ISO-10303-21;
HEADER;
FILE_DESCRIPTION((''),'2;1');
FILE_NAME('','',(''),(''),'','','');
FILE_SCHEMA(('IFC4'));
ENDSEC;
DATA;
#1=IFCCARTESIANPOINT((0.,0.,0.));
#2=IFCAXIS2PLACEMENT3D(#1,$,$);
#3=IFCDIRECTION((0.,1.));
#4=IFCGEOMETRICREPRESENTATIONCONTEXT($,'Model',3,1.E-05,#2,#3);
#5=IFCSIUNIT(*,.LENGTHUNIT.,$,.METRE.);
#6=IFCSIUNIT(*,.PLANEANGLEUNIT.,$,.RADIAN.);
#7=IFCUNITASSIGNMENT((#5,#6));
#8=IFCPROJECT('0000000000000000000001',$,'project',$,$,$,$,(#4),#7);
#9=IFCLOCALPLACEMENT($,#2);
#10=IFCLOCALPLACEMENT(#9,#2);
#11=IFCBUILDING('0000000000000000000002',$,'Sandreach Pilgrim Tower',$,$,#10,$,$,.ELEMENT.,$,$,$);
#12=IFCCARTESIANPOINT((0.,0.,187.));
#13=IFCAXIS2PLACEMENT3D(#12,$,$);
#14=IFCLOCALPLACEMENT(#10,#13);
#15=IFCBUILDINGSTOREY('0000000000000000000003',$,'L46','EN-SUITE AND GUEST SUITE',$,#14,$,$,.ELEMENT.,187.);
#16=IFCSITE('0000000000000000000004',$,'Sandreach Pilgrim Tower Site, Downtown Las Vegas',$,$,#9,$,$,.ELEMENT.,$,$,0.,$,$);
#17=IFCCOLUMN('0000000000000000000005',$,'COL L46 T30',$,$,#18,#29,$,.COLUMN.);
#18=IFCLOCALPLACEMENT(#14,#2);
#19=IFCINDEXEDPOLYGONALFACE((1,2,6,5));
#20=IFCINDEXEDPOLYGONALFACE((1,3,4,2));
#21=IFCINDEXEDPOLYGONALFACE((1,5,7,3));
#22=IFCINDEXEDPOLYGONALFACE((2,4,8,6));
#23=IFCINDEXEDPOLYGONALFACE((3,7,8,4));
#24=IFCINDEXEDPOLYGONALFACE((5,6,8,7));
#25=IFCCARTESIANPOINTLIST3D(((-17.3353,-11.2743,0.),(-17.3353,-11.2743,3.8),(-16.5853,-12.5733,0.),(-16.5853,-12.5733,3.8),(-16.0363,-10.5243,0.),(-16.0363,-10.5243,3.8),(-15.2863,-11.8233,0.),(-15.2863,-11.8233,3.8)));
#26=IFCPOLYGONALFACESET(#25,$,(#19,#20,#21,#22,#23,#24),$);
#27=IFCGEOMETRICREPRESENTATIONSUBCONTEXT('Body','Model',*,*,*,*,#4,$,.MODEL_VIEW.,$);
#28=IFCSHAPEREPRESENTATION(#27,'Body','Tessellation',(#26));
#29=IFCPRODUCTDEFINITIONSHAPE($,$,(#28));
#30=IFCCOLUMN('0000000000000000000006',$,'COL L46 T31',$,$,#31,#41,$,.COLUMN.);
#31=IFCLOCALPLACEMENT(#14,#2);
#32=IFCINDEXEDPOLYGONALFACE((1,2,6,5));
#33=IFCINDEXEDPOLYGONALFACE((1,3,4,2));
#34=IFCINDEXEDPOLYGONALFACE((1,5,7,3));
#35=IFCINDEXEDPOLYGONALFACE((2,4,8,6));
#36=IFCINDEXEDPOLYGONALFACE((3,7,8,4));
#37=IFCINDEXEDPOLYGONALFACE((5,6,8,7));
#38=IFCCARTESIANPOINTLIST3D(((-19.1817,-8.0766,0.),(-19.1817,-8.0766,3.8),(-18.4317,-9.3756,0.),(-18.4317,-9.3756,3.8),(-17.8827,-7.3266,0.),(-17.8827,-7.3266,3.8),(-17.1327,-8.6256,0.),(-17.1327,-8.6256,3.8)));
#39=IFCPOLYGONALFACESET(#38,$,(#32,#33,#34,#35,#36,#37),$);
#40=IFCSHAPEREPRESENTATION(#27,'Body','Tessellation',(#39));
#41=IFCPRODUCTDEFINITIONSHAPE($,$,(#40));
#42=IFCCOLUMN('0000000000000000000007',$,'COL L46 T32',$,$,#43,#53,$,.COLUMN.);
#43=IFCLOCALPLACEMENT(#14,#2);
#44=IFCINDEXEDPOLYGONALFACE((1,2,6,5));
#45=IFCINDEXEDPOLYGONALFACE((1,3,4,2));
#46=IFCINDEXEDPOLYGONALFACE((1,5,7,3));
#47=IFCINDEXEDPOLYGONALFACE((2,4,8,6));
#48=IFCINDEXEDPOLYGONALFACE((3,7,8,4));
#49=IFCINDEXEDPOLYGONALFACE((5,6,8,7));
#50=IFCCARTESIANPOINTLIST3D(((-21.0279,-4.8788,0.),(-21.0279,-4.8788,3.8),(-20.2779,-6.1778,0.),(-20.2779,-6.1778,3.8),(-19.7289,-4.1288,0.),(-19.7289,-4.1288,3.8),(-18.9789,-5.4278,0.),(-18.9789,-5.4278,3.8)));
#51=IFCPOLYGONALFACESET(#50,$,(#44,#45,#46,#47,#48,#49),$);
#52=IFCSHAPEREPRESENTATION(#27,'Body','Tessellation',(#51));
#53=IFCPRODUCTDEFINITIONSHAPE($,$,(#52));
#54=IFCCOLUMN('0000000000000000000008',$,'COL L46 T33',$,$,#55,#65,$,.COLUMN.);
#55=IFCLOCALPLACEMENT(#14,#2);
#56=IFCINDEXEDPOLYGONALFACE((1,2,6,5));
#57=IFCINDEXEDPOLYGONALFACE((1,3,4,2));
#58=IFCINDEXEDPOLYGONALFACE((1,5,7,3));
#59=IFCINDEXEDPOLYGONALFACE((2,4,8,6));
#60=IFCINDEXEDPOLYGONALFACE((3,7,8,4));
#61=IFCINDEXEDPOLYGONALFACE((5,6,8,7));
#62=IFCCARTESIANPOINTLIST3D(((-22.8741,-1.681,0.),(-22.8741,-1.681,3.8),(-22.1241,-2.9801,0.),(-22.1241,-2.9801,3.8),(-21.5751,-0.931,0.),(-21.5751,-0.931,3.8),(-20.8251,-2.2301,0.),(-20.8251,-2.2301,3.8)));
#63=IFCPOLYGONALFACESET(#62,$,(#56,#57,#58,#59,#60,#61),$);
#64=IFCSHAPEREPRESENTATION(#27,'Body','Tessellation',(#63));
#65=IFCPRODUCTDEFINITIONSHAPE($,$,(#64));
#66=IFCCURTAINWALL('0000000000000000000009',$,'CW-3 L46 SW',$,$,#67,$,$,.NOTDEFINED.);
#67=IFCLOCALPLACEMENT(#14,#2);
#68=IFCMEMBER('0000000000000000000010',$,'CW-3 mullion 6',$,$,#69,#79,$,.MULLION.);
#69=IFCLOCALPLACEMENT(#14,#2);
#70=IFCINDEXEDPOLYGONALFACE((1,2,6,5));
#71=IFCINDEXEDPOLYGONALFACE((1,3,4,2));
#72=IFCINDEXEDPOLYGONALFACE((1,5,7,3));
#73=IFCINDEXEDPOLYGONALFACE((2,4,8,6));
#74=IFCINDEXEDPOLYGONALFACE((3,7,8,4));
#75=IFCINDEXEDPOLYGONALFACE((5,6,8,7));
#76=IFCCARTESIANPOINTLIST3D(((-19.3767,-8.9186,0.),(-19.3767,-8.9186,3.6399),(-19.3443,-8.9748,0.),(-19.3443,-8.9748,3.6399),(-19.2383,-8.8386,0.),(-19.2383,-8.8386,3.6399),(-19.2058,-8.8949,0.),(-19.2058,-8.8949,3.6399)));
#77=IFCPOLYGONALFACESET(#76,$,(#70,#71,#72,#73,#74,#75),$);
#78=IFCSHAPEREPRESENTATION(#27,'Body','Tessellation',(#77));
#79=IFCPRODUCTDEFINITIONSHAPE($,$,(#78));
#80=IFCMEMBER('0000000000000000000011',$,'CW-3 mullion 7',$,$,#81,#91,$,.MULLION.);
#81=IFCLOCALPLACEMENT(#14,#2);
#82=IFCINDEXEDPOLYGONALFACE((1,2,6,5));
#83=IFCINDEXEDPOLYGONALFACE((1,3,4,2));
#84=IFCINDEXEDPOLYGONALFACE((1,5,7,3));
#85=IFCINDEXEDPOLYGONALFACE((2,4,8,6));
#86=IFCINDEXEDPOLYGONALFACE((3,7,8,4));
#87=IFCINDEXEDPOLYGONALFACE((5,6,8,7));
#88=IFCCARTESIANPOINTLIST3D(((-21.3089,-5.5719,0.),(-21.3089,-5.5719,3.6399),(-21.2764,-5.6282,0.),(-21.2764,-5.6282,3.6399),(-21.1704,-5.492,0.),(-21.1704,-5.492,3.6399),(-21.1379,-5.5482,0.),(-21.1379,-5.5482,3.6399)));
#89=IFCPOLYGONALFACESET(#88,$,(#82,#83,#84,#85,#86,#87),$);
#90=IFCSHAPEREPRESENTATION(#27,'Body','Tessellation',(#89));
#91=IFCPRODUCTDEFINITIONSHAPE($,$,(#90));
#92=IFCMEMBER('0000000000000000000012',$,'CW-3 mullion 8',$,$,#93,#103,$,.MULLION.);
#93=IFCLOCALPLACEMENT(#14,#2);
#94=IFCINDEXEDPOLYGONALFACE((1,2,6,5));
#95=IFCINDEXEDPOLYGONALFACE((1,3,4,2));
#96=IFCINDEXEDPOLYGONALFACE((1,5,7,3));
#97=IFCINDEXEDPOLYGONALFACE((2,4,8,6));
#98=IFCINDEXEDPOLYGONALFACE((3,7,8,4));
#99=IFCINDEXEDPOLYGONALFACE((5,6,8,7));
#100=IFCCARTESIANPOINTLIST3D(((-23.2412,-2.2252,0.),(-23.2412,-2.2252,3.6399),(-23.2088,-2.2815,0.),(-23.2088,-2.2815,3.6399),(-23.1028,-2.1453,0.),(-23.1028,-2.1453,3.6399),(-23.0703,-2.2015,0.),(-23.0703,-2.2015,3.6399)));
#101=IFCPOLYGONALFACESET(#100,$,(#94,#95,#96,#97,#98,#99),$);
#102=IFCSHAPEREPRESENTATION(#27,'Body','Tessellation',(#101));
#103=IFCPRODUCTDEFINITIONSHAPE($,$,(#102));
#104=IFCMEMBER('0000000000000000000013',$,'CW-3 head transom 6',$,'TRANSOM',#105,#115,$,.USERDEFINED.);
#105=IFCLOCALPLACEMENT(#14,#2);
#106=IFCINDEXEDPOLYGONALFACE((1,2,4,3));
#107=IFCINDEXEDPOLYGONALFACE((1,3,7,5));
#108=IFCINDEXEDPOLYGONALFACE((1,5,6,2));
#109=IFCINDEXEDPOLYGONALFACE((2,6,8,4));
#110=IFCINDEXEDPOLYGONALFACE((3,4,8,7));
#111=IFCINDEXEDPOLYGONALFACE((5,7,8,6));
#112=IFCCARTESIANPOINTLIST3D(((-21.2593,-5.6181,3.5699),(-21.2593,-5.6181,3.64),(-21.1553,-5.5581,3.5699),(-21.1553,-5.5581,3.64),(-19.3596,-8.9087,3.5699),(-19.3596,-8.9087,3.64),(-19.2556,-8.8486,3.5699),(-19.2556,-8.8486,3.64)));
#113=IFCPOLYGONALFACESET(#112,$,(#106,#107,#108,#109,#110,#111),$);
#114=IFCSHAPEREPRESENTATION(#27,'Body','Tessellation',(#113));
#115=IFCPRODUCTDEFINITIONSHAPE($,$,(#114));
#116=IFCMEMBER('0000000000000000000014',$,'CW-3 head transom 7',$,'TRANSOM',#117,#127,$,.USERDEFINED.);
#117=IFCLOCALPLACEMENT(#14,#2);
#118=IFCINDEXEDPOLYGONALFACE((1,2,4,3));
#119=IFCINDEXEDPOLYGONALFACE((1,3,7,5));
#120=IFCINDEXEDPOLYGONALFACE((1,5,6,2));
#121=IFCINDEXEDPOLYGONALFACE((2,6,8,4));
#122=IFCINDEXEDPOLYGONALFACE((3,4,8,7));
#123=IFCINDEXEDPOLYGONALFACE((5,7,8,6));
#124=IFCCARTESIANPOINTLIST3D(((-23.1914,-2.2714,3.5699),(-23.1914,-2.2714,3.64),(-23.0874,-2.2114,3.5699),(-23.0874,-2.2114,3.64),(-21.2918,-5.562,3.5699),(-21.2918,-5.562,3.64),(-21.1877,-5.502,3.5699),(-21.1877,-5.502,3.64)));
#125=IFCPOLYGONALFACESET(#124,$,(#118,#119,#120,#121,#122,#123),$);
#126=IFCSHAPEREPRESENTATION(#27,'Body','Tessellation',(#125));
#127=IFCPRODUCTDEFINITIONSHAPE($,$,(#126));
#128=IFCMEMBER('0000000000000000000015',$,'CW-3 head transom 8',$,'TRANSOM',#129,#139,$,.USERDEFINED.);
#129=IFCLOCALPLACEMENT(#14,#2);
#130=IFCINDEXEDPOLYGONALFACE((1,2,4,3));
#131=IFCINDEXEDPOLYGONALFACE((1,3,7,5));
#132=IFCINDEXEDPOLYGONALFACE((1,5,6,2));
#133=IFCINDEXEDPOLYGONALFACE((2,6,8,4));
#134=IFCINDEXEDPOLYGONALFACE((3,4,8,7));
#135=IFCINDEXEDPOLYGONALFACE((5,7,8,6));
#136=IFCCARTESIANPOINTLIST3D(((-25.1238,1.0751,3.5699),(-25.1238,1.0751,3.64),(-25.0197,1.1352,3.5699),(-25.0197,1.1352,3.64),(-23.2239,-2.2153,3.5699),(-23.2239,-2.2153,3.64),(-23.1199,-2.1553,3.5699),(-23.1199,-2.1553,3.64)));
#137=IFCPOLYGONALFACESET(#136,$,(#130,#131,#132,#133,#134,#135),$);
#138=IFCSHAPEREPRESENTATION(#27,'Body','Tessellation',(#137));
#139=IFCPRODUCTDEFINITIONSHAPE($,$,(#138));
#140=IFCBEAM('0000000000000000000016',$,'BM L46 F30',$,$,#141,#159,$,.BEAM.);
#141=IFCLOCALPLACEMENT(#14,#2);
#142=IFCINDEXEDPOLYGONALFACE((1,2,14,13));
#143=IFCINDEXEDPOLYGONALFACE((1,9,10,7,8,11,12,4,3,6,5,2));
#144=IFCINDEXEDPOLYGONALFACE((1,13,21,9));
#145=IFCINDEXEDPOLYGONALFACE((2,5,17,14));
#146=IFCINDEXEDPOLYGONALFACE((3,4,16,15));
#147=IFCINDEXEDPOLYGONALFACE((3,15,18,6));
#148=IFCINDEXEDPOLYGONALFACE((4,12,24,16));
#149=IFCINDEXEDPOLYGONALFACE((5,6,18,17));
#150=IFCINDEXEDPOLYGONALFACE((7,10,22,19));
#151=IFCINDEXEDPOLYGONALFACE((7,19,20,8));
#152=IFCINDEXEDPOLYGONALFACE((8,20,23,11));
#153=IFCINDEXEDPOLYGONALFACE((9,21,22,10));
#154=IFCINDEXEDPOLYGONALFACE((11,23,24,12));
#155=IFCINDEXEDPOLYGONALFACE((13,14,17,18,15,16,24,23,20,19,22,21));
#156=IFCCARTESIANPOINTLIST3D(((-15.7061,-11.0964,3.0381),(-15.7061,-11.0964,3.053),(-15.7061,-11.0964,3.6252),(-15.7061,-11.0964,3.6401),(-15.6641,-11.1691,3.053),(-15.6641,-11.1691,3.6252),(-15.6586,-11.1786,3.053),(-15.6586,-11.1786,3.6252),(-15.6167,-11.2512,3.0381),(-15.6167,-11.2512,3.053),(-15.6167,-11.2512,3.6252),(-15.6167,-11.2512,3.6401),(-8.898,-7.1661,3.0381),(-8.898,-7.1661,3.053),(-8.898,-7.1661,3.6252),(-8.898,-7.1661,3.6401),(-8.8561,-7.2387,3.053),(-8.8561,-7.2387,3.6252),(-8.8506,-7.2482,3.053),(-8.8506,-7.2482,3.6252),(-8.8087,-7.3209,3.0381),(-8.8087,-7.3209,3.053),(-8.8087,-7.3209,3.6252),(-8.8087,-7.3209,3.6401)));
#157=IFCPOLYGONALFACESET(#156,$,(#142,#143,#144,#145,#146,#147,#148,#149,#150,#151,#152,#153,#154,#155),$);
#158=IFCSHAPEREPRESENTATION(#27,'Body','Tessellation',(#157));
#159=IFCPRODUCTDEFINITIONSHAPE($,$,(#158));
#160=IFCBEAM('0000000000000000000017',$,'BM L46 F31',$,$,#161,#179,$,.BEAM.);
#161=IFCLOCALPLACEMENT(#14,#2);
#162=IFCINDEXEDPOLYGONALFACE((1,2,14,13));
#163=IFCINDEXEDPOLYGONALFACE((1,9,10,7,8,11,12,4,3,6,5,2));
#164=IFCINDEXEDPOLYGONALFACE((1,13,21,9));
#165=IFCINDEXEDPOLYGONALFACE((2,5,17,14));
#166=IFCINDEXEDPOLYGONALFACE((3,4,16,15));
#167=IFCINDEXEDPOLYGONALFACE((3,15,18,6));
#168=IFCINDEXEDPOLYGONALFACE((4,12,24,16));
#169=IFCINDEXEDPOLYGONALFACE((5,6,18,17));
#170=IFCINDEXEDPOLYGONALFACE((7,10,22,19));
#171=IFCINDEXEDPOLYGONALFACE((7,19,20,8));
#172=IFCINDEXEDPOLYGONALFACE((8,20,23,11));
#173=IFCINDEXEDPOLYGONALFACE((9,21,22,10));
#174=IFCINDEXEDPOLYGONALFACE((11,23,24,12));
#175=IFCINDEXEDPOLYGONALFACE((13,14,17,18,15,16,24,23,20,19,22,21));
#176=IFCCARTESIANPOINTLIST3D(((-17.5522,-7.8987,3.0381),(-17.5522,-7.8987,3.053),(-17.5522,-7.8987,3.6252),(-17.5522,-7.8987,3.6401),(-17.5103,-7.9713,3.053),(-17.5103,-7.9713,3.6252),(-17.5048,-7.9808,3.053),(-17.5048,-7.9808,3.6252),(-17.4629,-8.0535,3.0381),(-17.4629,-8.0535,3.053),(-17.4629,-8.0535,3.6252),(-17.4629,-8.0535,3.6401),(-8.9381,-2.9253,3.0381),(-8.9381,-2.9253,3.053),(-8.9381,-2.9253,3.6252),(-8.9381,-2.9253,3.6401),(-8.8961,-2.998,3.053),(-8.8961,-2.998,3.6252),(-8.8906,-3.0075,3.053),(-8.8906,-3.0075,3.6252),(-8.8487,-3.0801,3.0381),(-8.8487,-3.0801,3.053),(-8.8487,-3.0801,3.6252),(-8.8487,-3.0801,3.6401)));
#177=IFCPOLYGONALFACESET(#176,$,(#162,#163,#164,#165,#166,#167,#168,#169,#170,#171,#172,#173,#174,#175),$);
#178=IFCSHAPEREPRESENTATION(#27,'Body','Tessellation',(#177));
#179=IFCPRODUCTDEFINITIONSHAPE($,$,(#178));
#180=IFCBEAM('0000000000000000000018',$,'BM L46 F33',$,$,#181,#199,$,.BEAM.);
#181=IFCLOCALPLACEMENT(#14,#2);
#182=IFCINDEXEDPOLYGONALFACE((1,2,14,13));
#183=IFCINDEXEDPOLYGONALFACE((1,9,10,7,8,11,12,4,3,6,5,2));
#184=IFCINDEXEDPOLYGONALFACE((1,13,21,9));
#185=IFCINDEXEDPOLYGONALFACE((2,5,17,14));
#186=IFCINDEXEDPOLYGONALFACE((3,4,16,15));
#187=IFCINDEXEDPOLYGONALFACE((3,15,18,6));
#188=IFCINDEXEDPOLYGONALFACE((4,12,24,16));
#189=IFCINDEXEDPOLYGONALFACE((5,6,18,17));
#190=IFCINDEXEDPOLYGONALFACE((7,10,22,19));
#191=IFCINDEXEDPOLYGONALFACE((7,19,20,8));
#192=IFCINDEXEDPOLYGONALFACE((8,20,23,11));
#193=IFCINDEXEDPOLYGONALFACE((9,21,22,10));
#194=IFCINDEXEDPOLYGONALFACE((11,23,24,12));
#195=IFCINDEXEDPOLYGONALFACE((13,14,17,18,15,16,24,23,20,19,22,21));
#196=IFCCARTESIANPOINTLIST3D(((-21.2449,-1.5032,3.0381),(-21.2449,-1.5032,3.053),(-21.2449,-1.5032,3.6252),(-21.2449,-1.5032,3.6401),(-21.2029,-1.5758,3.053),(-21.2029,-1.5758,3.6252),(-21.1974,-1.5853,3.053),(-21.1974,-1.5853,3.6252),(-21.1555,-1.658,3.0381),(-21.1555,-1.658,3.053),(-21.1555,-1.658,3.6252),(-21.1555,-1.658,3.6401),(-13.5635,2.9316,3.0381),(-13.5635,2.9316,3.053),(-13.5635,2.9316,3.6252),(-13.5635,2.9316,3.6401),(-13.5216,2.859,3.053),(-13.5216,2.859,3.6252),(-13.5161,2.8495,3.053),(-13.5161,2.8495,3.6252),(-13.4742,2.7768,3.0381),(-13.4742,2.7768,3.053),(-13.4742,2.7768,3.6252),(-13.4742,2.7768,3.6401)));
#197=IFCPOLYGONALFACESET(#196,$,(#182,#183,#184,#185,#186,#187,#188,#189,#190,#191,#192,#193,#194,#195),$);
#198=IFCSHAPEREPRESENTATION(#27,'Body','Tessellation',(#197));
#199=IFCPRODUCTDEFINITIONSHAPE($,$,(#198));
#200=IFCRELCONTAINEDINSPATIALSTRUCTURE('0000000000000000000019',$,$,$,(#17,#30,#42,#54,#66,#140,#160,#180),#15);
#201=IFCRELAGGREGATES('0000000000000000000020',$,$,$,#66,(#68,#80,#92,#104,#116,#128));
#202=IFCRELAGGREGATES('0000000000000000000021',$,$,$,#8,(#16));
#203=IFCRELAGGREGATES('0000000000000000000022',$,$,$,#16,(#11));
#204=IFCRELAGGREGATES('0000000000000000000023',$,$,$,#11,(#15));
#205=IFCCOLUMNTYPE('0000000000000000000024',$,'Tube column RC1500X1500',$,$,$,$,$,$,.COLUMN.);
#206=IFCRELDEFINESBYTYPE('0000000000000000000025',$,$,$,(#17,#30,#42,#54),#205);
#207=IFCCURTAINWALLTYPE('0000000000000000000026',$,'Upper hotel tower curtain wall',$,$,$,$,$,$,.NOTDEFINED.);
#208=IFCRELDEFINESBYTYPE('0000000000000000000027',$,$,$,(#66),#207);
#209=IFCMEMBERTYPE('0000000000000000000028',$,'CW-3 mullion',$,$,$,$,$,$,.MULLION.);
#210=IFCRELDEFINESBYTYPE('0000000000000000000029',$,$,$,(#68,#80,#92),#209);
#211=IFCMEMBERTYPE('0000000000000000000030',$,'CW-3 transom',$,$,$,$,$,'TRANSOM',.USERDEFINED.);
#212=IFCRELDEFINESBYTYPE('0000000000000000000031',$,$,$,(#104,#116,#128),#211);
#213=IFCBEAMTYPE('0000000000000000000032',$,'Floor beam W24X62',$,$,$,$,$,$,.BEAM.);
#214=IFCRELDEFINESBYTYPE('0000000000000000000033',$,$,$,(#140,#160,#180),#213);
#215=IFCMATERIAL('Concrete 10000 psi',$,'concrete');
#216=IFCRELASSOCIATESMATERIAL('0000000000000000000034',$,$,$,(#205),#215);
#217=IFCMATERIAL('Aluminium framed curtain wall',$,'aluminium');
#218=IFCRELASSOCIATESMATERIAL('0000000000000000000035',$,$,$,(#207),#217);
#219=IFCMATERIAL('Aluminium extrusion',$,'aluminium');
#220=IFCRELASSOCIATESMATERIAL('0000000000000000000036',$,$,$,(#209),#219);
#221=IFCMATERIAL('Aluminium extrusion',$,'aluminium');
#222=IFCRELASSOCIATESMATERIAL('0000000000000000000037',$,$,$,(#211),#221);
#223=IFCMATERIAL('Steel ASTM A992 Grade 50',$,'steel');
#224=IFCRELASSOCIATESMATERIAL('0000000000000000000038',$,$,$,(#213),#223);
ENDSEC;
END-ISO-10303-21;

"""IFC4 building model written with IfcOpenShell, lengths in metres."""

from ifc_helpers import new_model, si_unit, direction, frame, origin, origin_2d, place, context, subcontext, project, spatial, rectangle, i_section, extrude, material, material_profile, profile_set, type_object, element, aggregate, save


model = new_model("IFC4")

# Units and contexts
model_context = context("Model", 3, precision=1e-05, world=origin(), true_north=direction((0.0, 1.0)))
body_context = subcontext(model_context, "Body", "Model", "MODEL_VIEW")
ifc_project = project(units=[si_unit("LENGTHUNIT", "METRE"), si_unit("PLANEANGLEUNIT", "RADIAN")], contexts=[model_context])

# Site, building, storey
site_placement = place(None, origin())
site = spatial("IfcSite", under=ifc_project, at=site_placement, Name="Sandreach Pilgrim Tower Site, Downtown Las Vegas", CompositionType="ELEMENT", RefElevation=0.0)
building_placement = place(site_placement, origin())
building = spatial("IfcBuilding", under=site, at=building_placement, Name="Sandreach Pilgrim Tower", CompositionType="ELEMENT")
storey_placement = place(building_placement, frame((0.0, 0.0, 187.0)))
storey = spatial("IfcBuildingStorey", under=building, at=storey_placement, Name="L46", Description="EN-SUITE AND GUEST SUITE", CompositionType="ELEMENT", Elevation=187.0)

# Columns
ifc_material_1 = material(Name="Concrete 10000 psi", Category="concrete")
ifc_material_profile_1 = material_profile(ifc_material_1, rectangle(XDim=1.5, YDim=1.5, at=origin_2d()), Name="RC1500X1500")
ifc_profile_set_1 = profile_set([ifc_material_profile_1], Name="Concrete 10000 psi")
column_type = type_object("IfcColumnType", Name="Tube column RC1500X1500", PredefinedType="COLUMN", material=ifc_profile_set_1)
for number, where, z_axis, x_axis, name in (
    (1, (-16.3108, -11.5488, 0.0), (0.0, 0.0, 1.0), (-0.866025, -0.5, 0.0), "COL L46 T30"),
    (2, (-18.1572, -8.3511, 0.0), (0.0, 0.0, 1.0), (-0.866025, -0.5, 0.0), "COL L46 T31"),
    (3, (-20.0034, -5.1533, 0.0), (0.0, 0.0, 1.0), (-0.866025, -0.5, 0.0), "COL L46 T32"),
    (4, (-21.8496, -1.9556, 0.0), (0.0, 0.0, 1.0), (-0.866025, -0.5, 0.0), "COL L46 T33"),
):
    element("IfcColumn", number, at=place(storey_placement, frame(where, z_axis=z_axis, x_axis=x_axis)), inside=storey, type_object=column_type, Name=name, PredefinedType="COLUMN", context=body_context, shape_type="SweptSolid", body=[
        extrude(rectangle(XDim=1.5, YDim=1.5, at=origin_2d()), origin(), (0.0, 0.0, 1.0), 3.8),
    ])

# Curtain wall, members
ifc_material_2 = material(Name="Aluminium framed curtain wall", Category="aluminium")
curtain_wall_type = type_object("IfcCurtainWallType", Name="Upper hotel tower curtain wall", PredefinedType="NOTDEFINED", material=ifc_material_2)
curtain_wall_placement = place(storey_placement, origin())
curtain_wall = element("IfcCurtainWall", 5, at=curtain_wall_placement, inside=storey, type_object=curtain_wall_type, Name="CW-3 L46 SW", PredefinedType="NOTDEFINED")
ifc_material_3 = material(Name="Aluminium extrusion", Category="aluminium")
ifc_material_profile_2 = material_profile(ifc_material_3, rectangle(XDim=0.0649, YDim=0.1599, at=origin_2d()), Name="CW-3M 65X160")
ifc_profile_set_2 = profile_set([ifc_material_profile_2], Name="Aluminium extrusion")
member_type_1 = type_object("IfcMemberType", Name="CW-3 mullion", PredefinedType="MULLION", material=ifc_profile_set_2)
member_1_placement = place(storey_placement, frame((-19.2913, -8.9067, 0.0), z_axis=(0.0, 0.0, 1.0), x_axis=(-0.5, 0.866025, 0.0)))
member_1 = element("IfcMember", 6, at=member_1_placement, type_object=member_type_1, Name="CW-3 mullion 6", PredefinedType="MULLION", context=body_context, shape_type="SweptSolid", body=[
    extrude(rectangle(XDim=0.0649, YDim=0.1599, at=origin_2d()), origin(), (0.0, 0.0, 1.0), 3.6399),
])
member_2_placement = place(storey_placement, frame((-21.2234, -5.5601, 0.0), z_axis=(0.0, 0.0, 1.0), x_axis=(-0.5, 0.866025, 0.0)))
member_2 = element("IfcMember", 7, at=member_2_placement, type_object=member_type_1, Name="CW-3 mullion 7", PredefinedType="MULLION", context=body_context, shape_type="SweptSolid", body=[
    extrude(rectangle(XDim=0.0649, YDim=0.1599, at=origin_2d()), origin(), (0.0, 0.0, 1.0), 3.6399),
])
member_3_placement = place(storey_placement, frame((-23.1558, -2.2134, 0.0), z_axis=(0.0, 0.0, 1.0), x_axis=(-0.5, 0.866025, 0.0)))
member_3 = element("IfcMember", 8, at=member_3_placement, type_object=member_type_1, Name="CW-3 mullion 8", PredefinedType="MULLION", context=body_context, shape_type="SweptSolid", body=[
    extrude(rectangle(XDim=0.0649, YDim=0.1599, at=origin_2d()), origin(), (0.0, 0.0, 1.0), 3.6399),
])
ifc_material_4 = material(Name="Aluminium extrusion", Category="aluminium")
ifc_material_profile_3 = material_profile(ifc_material_4, rectangle(XDim=0.1201, YDim=0.0701, at=origin_2d()), Name="CW-3T 120X70")
ifc_profile_set_3 = profile_set([ifc_material_profile_3], Name="Aluminium extrusion")
member_type_2 = type_object("IfcMemberType", Name="CW-3 transom", ElementType="TRANSOM", PredefinedType="USERDEFINED", material=ifc_profile_set_3)
member_4_placement = place(storey_placement, frame((-19.3076, -8.8787, 3.605), z_axis=(-0.499975, 0.86604, 0.0), x_axis=(-0.86604, -0.499975, 0.0)))
member_4 = element("IfcMember", 9, at=member_4_placement, type_object=member_type_2, Name="CW-3 head transom 6", ObjectType="TRANSOM", PredefinedType="USERDEFINED", context=body_context, shape_type="SweptSolid", body=[
    extrude(rectangle(XDim=0.1201, YDim=0.0701, at=origin_2d()), origin(), (0.0, 0.0, 1.0), 3.7996),
])
member_5_placement = place(storey_placement, frame((-21.2397, -5.532, 3.605), z_axis=(-0.499975, 0.86604, 0.0), x_axis=(-0.86604, -0.499975, 0.0)))
member_5 = element("IfcMember", 10, at=member_5_placement, type_object=member_type_2, Name="CW-3 head transom 7", ObjectType="TRANSOM", PredefinedType="USERDEFINED", context=body_context, shape_type="SweptSolid", body=[
    extrude(rectangle(XDim=0.1201, YDim=0.0701, at=origin_2d()), origin(), (0.0, 0.0, 1.0), 3.7996),
])
member_6_placement = place(storey_placement, frame((-23.1719, -2.1853, 3.605), z_axis=(-0.500023, 0.866012, 0.0), x_axis=(-0.866012, -0.500023, 0.0)))
member_6 = element("IfcMember", 11, at=member_6_placement, type_object=member_type_2, Name="CW-3 head transom 8", ObjectType="TRANSOM", PredefinedType="USERDEFINED", context=body_context, shape_type="SweptSolid", body=[
    extrude(rectangle(XDim=0.1201, YDim=0.0701, at=origin_2d()), origin(), (0.0, 0.0, 1.0), 3.7996),
])

# Beams
ifc_material_5 = material(Name="Steel ASTM A992 Grade 50", Category="steel")
ifc_material_profile_4 = material_profile(ifc_material_5, i_section(OverallWidth=0.1787, OverallDepth=0.6021, WebThickness=0.011, FlangeThickness=0.0149, at=origin_2d()), Name="W24X62")
ifc_profile_set_4 = profile_set([ifc_material_profile_4], Name="Steel ASTM A992 Grade 50")
beam_type_1 = type_object("IfcBeamType", Name="Floor beam W24X62", PredefinedType="BEAM", material=ifc_profile_set_4)
beam_1_placement = place(storey_placement, frame((-15.6614, -11.1738, 3.3391), z_axis=(0.866039, 0.499977, 0.0), x_axis=(-0.499977, 0.866039, 0.0)))
element("IfcBeam", 12, at=beam_1_placement, inside=storey, type_object=beam_type_1, Name="BM L46 F30", PredefinedType="BEAM", context=body_context, shape_type="SweptSolid", body=[
    extrude(i_section(OverallWidth=0.1787, OverallDepth=0.6021, WebThickness=0.011, FlangeThickness=0.0149, at=origin_2d()), origin(), (0.0, 0.0, 1.0), 7.8611),
])
beam_2_placement = place(storey_placement, frame((-17.5076, -7.9761, 3.3391), z_axis=(0.866028, 0.499996, 0.0), x_axis=(-0.499996, 0.866028, 0.0)))
element("IfcBeam", 13, at=beam_2_placement, inside=storey, type_object=beam_type_1, Name="BM L46 F31", PredefinedType="BEAM", context=body_context, shape_type="SweptSolid", body=[
    extrude(i_section(OverallWidth=0.1787, OverallDepth=0.6021, WebThickness=0.011, FlangeThickness=0.0149, at=origin_2d()), origin(), (0.0, 0.0, 1.0), 9.9468),
])
beam_3_placement = place(storey_placement, frame((-21.2002, -1.5806, 3.3391), z_axis=(0.866027, 0.499996, 0.0), x_axis=(-0.499996, 0.866027, 0.0)))
element("IfcBeam", 14, at=beam_3_placement, inside=storey, type_object=beam_type_1, Name="BM L46 F33", PredefinedType="BEAM", context=body_context, shape_type="SweptSolid", body=[
    extrude(i_section(OverallWidth=0.1787, OverallDepth=0.6021, WebThickness=0.011, FlangeThickness=0.0149, at=origin_2d()), origin(), (0.0, 0.0, 1.0), 8.8696),
])

aggregate(curtain_wall, [member_1, member_2, member_3, member_4, member_5, member_6])

save(model, "model.ifc")
